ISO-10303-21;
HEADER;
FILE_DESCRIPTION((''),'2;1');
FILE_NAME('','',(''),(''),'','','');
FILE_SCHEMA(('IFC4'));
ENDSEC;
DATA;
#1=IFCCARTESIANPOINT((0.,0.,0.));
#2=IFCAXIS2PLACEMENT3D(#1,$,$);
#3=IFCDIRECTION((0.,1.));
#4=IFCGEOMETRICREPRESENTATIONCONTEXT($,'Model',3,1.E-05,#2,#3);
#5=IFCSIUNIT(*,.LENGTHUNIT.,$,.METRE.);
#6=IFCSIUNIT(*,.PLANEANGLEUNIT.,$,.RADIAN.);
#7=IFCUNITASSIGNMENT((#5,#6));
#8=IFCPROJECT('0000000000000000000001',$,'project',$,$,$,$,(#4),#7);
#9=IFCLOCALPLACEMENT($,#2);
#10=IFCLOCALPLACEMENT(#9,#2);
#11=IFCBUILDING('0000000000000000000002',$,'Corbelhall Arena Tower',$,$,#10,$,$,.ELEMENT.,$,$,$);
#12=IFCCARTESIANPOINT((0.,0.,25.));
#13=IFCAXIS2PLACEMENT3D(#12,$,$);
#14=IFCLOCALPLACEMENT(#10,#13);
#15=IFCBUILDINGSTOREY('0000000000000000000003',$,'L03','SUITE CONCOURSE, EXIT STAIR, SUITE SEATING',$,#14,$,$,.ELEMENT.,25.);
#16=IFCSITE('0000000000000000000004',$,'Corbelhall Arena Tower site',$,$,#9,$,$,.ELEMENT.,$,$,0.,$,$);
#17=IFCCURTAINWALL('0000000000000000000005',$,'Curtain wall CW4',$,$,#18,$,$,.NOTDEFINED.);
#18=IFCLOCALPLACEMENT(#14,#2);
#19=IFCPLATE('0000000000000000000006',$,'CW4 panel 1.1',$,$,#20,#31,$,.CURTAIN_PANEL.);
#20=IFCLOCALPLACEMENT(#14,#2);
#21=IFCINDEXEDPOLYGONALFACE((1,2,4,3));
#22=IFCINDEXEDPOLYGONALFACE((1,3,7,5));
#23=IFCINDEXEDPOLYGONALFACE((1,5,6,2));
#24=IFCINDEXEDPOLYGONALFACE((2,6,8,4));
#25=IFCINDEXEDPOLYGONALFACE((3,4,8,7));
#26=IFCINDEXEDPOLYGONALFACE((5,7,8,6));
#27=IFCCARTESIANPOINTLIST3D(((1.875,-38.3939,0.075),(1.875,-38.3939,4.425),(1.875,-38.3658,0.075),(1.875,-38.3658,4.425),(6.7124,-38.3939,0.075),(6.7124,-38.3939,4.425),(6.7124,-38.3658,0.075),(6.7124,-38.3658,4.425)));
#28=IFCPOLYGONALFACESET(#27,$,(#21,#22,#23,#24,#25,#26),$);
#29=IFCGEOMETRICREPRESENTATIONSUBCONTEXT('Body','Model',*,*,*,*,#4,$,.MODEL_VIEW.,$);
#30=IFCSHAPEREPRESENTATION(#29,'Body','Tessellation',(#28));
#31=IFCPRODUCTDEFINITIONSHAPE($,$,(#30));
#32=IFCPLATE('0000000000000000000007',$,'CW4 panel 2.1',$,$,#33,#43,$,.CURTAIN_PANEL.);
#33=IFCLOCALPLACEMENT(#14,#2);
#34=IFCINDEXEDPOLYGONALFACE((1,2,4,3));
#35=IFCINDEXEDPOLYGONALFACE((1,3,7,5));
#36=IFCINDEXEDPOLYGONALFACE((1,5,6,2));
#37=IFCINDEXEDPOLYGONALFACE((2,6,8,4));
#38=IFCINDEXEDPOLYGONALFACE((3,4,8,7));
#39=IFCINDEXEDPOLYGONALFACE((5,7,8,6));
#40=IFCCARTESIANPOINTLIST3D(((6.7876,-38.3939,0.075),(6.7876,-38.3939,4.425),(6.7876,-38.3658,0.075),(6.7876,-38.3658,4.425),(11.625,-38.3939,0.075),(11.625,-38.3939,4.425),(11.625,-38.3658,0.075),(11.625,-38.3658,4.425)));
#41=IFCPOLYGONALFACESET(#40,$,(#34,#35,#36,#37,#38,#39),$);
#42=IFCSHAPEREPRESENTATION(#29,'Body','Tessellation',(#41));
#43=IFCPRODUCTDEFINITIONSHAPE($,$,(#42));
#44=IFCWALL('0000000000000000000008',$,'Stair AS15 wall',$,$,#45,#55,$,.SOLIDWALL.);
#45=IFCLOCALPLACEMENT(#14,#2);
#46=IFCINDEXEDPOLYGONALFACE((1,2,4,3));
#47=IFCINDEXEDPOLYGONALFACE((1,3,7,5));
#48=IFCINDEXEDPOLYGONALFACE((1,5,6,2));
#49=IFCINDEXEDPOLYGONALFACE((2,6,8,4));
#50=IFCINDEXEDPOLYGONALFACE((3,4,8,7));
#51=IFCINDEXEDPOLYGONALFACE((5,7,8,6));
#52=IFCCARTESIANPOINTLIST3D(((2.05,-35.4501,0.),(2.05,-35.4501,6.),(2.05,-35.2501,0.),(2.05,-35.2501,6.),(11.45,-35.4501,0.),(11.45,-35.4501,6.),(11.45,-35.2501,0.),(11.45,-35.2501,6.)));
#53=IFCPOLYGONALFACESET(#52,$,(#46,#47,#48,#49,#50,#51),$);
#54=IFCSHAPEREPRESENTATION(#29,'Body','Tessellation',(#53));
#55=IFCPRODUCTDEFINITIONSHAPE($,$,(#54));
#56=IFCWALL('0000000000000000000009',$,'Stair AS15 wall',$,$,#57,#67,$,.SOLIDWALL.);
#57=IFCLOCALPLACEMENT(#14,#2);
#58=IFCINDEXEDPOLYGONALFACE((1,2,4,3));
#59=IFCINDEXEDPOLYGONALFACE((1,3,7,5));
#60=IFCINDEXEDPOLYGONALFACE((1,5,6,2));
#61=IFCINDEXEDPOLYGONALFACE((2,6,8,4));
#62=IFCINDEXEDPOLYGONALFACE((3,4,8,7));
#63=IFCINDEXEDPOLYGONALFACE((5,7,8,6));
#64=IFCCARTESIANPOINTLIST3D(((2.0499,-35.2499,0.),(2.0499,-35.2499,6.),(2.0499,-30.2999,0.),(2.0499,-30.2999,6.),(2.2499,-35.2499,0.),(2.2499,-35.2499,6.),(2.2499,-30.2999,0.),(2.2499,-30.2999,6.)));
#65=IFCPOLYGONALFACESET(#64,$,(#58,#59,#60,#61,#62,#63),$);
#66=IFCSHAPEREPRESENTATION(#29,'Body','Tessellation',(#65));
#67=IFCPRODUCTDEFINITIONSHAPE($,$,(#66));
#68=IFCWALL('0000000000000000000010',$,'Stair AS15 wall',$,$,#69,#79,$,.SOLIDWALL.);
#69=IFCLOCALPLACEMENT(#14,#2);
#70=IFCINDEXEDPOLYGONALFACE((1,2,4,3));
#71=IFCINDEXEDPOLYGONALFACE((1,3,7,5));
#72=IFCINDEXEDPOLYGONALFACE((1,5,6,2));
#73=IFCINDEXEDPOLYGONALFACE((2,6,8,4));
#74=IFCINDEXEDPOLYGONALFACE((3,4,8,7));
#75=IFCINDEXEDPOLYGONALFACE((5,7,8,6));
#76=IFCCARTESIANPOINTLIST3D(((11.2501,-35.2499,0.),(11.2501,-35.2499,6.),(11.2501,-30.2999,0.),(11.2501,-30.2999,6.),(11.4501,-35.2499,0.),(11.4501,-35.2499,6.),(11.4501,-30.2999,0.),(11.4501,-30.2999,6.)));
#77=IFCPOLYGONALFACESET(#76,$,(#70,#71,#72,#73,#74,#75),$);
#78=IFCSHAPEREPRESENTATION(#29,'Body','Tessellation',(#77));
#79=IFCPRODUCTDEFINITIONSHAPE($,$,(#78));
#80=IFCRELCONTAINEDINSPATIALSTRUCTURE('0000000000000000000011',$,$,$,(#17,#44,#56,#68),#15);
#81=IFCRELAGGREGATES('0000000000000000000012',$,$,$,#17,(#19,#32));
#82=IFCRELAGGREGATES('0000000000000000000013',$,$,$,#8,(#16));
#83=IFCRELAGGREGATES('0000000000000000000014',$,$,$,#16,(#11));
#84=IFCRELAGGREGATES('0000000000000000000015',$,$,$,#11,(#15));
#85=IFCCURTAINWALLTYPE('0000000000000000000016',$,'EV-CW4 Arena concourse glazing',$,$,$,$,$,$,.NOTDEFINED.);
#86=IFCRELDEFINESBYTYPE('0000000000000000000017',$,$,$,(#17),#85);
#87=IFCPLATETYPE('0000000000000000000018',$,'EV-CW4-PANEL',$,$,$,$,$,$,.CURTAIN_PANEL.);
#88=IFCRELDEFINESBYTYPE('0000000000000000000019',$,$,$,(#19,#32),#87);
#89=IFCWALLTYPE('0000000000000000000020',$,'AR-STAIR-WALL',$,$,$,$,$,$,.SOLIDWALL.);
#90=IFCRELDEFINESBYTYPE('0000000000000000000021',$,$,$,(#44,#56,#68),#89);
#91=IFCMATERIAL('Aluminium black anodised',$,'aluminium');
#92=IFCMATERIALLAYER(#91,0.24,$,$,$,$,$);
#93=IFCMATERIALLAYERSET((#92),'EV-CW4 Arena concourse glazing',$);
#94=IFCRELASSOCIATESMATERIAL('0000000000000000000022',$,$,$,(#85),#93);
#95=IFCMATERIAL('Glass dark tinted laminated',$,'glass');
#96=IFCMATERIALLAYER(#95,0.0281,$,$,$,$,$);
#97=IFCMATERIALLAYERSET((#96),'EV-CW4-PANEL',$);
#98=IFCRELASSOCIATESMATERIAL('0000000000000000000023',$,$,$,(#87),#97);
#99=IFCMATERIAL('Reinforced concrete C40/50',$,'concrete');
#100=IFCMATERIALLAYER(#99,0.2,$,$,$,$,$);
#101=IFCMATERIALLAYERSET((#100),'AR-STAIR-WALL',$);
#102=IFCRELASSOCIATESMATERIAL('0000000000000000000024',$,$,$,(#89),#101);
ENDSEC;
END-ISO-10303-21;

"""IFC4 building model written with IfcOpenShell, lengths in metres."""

from ifc_helpers import new_model, si_unit, direction, frame, frame_2d, origin, origin_2d, place, context, subcontext, project, spatial, rectangle, extrude, material, layer, layer_set, type_object, element, aggregate, save


model = new_model("IFC4")

# Units and contexts
model_context = context("Model", 3, precision=1e-05, world=origin(), true_north=direction((0.0, 1.0)))
body_context = subcontext(model_context, "Body", "Model", "MODEL_VIEW")
ifc_project = project(units=[si_unit("LENGTHUNIT", "METRE"), si_unit("PLANEANGLEUNIT", "RADIAN")], contexts=[model_context])

# Site, building, storey
site_placement = place(None, origin())
site = spatial("IfcSite", under=ifc_project, at=site_placement, Name="Corbelhall Arena Tower site", CompositionType="ELEMENT", RefElevation=0.0)
building_placement = place(site_placement, origin())
building = spatial("IfcBuilding", under=site, at=building_placement, Name="Corbelhall Arena Tower", CompositionType="ELEMENT")
storey_placement = place(building_placement, frame((0.0, 0.0, 25.0)))
storey = spatial("IfcBuildingStorey", under=building, at=storey_placement, Name="L03", Description="SUITE CONCOURSE, EXIT STAIR, SUITE SEATING", CompositionType="ELEMENT", Elevation=25.0)

# Curtain wall
ifc_material_1 = material(Name="Aluminium black anodised", Category="aluminium")
ifc_layer_1 = layer(ifc_material_1, 0.24)
ifc_layer_set_1 = layer_set([ifc_layer_1], Name="EV-CW4 Arena concourse glazing")
curtain_wall_type = type_object("IfcCurtainWallType", Name="EV-CW4 Arena concourse glazing", PredefinedType="NOTDEFINED", material=ifc_layer_set_1)
curtain_wall_1_placement = place(storey_placement, origin())
curtain_wall_1 = element("IfcCurtainWall", 1, at=curtain_wall_1_placement, inside=storey, type_object=curtain_wall_type, Name="Curtain wall CW4", PredefinedType="NOTDEFINED")

# Plates
ifc_material_2 = material(Name="Glass dark tinted laminated", Category="glass")
ifc_layer_2 = layer(ifc_material_2, 0.0281)
ifc_layer_set_2 = layer_set([ifc_layer_2], Name="EV-CW4-PANEL")
plate_type = type_object("IfcPlateType", Name="EV-CW4-PANEL", PredefinedType="CURTAIN_PANEL", material=ifc_layer_set_2)
plate_1_placement = place(storey_placement, frame((4.2937, -38.3799, 0.075), z_axis=(0.0, 0.0, 1.0), x_axis=(1.0, 0.0, 0.0)))
plate_1 = element("IfcPlate", 2, at=plate_1_placement, type_object=plate_type, Name="CW4 panel 1.1", PredefinedType="CURTAIN_PANEL", context=body_context, shape_type="SweptSolid", body=[
    extrude(rectangle(XDim=4.8374, YDim=0.0281, at=origin_2d()), origin(), (0.0, 0.0, 1.0), 4.3501),
])
plate_2_placement = place(storey_placement, frame((9.2063, -38.3799, 0.075), z_axis=(0.0, 0.0, 1.0), x_axis=(1.0, 0.0, 0.0)))
plate_2 = element("IfcPlate", 3, at=plate_2_placement, type_object=plate_type, Name="CW4 panel 2.1", PredefinedType="CURTAIN_PANEL", context=body_context, shape_type="SweptSolid", body=[
    extrude(rectangle(XDim=4.8374, YDim=0.0281, at=origin_2d()), origin(), (0.0, 0.0, 1.0), 4.3501),
])
aggregate(curtain_wall_1, [plate_1, plate_2])

# Walls
ifc_material_3 = material(Name="Reinforced concrete C40/50", Category="concrete")
ifc_layer_3 = layer(ifc_material_3, 0.2)
ifc_layer_set_3 = layer_set([ifc_layer_3], Name="AR-STAIR-WALL")
wall_type = type_object("IfcWallType", Name="AR-STAIR-WALL", PredefinedType="SOLIDWALL", material=ifc_layer_set_3)
wall_placement = place(storey_placement, frame((2.05, -35.3501, 0.0), z_axis=(0.0, 0.0, 1.0), x_axis=(1.0, 0.0, 0.0)))
element("IfcWall", 4, at=wall_placement, inside=storey, type_object=wall_type, Name="Stair AS15 wall", PredefinedType="SOLIDWALL", context=body_context, shape_type="SweptSolid", body=[
    extrude(rectangle(XDim=9.3999, YDim=0.2, at=frame_2d((4.7, 0.0))), origin(), (0.0, 0.0, 1.0), 6.0),
])
for number, where, z_axis, x_axis, name in (
    (5, (2.1499, -35.25, 0.0), (0.0, 0.0, 1.0), (0.0, 1.0, 0.0), "Stair AS15 wall"),
    (6, (11.3501, -35.25, 0.0), (0.0, 0.0, 1.0), (0.0, 1.0, 0.0), "Stair AS15 wall"),
):
    element("IfcWall", number, at=place(storey_placement, frame(where, z_axis=z_axis, x_axis=x_axis)), inside=storey, type_object=wall_type, Name=name, PredefinedType="SOLIDWALL", context=body_context, shape_type="SweptSolid", body=[
        extrude(rectangle(XDim=4.95, YDim=0.2, at=frame_2d((2.4751, 0.0))), origin(), (0.0, 0.0, 1.0), 6.0),
    ])

save(model, "model.ifc")
